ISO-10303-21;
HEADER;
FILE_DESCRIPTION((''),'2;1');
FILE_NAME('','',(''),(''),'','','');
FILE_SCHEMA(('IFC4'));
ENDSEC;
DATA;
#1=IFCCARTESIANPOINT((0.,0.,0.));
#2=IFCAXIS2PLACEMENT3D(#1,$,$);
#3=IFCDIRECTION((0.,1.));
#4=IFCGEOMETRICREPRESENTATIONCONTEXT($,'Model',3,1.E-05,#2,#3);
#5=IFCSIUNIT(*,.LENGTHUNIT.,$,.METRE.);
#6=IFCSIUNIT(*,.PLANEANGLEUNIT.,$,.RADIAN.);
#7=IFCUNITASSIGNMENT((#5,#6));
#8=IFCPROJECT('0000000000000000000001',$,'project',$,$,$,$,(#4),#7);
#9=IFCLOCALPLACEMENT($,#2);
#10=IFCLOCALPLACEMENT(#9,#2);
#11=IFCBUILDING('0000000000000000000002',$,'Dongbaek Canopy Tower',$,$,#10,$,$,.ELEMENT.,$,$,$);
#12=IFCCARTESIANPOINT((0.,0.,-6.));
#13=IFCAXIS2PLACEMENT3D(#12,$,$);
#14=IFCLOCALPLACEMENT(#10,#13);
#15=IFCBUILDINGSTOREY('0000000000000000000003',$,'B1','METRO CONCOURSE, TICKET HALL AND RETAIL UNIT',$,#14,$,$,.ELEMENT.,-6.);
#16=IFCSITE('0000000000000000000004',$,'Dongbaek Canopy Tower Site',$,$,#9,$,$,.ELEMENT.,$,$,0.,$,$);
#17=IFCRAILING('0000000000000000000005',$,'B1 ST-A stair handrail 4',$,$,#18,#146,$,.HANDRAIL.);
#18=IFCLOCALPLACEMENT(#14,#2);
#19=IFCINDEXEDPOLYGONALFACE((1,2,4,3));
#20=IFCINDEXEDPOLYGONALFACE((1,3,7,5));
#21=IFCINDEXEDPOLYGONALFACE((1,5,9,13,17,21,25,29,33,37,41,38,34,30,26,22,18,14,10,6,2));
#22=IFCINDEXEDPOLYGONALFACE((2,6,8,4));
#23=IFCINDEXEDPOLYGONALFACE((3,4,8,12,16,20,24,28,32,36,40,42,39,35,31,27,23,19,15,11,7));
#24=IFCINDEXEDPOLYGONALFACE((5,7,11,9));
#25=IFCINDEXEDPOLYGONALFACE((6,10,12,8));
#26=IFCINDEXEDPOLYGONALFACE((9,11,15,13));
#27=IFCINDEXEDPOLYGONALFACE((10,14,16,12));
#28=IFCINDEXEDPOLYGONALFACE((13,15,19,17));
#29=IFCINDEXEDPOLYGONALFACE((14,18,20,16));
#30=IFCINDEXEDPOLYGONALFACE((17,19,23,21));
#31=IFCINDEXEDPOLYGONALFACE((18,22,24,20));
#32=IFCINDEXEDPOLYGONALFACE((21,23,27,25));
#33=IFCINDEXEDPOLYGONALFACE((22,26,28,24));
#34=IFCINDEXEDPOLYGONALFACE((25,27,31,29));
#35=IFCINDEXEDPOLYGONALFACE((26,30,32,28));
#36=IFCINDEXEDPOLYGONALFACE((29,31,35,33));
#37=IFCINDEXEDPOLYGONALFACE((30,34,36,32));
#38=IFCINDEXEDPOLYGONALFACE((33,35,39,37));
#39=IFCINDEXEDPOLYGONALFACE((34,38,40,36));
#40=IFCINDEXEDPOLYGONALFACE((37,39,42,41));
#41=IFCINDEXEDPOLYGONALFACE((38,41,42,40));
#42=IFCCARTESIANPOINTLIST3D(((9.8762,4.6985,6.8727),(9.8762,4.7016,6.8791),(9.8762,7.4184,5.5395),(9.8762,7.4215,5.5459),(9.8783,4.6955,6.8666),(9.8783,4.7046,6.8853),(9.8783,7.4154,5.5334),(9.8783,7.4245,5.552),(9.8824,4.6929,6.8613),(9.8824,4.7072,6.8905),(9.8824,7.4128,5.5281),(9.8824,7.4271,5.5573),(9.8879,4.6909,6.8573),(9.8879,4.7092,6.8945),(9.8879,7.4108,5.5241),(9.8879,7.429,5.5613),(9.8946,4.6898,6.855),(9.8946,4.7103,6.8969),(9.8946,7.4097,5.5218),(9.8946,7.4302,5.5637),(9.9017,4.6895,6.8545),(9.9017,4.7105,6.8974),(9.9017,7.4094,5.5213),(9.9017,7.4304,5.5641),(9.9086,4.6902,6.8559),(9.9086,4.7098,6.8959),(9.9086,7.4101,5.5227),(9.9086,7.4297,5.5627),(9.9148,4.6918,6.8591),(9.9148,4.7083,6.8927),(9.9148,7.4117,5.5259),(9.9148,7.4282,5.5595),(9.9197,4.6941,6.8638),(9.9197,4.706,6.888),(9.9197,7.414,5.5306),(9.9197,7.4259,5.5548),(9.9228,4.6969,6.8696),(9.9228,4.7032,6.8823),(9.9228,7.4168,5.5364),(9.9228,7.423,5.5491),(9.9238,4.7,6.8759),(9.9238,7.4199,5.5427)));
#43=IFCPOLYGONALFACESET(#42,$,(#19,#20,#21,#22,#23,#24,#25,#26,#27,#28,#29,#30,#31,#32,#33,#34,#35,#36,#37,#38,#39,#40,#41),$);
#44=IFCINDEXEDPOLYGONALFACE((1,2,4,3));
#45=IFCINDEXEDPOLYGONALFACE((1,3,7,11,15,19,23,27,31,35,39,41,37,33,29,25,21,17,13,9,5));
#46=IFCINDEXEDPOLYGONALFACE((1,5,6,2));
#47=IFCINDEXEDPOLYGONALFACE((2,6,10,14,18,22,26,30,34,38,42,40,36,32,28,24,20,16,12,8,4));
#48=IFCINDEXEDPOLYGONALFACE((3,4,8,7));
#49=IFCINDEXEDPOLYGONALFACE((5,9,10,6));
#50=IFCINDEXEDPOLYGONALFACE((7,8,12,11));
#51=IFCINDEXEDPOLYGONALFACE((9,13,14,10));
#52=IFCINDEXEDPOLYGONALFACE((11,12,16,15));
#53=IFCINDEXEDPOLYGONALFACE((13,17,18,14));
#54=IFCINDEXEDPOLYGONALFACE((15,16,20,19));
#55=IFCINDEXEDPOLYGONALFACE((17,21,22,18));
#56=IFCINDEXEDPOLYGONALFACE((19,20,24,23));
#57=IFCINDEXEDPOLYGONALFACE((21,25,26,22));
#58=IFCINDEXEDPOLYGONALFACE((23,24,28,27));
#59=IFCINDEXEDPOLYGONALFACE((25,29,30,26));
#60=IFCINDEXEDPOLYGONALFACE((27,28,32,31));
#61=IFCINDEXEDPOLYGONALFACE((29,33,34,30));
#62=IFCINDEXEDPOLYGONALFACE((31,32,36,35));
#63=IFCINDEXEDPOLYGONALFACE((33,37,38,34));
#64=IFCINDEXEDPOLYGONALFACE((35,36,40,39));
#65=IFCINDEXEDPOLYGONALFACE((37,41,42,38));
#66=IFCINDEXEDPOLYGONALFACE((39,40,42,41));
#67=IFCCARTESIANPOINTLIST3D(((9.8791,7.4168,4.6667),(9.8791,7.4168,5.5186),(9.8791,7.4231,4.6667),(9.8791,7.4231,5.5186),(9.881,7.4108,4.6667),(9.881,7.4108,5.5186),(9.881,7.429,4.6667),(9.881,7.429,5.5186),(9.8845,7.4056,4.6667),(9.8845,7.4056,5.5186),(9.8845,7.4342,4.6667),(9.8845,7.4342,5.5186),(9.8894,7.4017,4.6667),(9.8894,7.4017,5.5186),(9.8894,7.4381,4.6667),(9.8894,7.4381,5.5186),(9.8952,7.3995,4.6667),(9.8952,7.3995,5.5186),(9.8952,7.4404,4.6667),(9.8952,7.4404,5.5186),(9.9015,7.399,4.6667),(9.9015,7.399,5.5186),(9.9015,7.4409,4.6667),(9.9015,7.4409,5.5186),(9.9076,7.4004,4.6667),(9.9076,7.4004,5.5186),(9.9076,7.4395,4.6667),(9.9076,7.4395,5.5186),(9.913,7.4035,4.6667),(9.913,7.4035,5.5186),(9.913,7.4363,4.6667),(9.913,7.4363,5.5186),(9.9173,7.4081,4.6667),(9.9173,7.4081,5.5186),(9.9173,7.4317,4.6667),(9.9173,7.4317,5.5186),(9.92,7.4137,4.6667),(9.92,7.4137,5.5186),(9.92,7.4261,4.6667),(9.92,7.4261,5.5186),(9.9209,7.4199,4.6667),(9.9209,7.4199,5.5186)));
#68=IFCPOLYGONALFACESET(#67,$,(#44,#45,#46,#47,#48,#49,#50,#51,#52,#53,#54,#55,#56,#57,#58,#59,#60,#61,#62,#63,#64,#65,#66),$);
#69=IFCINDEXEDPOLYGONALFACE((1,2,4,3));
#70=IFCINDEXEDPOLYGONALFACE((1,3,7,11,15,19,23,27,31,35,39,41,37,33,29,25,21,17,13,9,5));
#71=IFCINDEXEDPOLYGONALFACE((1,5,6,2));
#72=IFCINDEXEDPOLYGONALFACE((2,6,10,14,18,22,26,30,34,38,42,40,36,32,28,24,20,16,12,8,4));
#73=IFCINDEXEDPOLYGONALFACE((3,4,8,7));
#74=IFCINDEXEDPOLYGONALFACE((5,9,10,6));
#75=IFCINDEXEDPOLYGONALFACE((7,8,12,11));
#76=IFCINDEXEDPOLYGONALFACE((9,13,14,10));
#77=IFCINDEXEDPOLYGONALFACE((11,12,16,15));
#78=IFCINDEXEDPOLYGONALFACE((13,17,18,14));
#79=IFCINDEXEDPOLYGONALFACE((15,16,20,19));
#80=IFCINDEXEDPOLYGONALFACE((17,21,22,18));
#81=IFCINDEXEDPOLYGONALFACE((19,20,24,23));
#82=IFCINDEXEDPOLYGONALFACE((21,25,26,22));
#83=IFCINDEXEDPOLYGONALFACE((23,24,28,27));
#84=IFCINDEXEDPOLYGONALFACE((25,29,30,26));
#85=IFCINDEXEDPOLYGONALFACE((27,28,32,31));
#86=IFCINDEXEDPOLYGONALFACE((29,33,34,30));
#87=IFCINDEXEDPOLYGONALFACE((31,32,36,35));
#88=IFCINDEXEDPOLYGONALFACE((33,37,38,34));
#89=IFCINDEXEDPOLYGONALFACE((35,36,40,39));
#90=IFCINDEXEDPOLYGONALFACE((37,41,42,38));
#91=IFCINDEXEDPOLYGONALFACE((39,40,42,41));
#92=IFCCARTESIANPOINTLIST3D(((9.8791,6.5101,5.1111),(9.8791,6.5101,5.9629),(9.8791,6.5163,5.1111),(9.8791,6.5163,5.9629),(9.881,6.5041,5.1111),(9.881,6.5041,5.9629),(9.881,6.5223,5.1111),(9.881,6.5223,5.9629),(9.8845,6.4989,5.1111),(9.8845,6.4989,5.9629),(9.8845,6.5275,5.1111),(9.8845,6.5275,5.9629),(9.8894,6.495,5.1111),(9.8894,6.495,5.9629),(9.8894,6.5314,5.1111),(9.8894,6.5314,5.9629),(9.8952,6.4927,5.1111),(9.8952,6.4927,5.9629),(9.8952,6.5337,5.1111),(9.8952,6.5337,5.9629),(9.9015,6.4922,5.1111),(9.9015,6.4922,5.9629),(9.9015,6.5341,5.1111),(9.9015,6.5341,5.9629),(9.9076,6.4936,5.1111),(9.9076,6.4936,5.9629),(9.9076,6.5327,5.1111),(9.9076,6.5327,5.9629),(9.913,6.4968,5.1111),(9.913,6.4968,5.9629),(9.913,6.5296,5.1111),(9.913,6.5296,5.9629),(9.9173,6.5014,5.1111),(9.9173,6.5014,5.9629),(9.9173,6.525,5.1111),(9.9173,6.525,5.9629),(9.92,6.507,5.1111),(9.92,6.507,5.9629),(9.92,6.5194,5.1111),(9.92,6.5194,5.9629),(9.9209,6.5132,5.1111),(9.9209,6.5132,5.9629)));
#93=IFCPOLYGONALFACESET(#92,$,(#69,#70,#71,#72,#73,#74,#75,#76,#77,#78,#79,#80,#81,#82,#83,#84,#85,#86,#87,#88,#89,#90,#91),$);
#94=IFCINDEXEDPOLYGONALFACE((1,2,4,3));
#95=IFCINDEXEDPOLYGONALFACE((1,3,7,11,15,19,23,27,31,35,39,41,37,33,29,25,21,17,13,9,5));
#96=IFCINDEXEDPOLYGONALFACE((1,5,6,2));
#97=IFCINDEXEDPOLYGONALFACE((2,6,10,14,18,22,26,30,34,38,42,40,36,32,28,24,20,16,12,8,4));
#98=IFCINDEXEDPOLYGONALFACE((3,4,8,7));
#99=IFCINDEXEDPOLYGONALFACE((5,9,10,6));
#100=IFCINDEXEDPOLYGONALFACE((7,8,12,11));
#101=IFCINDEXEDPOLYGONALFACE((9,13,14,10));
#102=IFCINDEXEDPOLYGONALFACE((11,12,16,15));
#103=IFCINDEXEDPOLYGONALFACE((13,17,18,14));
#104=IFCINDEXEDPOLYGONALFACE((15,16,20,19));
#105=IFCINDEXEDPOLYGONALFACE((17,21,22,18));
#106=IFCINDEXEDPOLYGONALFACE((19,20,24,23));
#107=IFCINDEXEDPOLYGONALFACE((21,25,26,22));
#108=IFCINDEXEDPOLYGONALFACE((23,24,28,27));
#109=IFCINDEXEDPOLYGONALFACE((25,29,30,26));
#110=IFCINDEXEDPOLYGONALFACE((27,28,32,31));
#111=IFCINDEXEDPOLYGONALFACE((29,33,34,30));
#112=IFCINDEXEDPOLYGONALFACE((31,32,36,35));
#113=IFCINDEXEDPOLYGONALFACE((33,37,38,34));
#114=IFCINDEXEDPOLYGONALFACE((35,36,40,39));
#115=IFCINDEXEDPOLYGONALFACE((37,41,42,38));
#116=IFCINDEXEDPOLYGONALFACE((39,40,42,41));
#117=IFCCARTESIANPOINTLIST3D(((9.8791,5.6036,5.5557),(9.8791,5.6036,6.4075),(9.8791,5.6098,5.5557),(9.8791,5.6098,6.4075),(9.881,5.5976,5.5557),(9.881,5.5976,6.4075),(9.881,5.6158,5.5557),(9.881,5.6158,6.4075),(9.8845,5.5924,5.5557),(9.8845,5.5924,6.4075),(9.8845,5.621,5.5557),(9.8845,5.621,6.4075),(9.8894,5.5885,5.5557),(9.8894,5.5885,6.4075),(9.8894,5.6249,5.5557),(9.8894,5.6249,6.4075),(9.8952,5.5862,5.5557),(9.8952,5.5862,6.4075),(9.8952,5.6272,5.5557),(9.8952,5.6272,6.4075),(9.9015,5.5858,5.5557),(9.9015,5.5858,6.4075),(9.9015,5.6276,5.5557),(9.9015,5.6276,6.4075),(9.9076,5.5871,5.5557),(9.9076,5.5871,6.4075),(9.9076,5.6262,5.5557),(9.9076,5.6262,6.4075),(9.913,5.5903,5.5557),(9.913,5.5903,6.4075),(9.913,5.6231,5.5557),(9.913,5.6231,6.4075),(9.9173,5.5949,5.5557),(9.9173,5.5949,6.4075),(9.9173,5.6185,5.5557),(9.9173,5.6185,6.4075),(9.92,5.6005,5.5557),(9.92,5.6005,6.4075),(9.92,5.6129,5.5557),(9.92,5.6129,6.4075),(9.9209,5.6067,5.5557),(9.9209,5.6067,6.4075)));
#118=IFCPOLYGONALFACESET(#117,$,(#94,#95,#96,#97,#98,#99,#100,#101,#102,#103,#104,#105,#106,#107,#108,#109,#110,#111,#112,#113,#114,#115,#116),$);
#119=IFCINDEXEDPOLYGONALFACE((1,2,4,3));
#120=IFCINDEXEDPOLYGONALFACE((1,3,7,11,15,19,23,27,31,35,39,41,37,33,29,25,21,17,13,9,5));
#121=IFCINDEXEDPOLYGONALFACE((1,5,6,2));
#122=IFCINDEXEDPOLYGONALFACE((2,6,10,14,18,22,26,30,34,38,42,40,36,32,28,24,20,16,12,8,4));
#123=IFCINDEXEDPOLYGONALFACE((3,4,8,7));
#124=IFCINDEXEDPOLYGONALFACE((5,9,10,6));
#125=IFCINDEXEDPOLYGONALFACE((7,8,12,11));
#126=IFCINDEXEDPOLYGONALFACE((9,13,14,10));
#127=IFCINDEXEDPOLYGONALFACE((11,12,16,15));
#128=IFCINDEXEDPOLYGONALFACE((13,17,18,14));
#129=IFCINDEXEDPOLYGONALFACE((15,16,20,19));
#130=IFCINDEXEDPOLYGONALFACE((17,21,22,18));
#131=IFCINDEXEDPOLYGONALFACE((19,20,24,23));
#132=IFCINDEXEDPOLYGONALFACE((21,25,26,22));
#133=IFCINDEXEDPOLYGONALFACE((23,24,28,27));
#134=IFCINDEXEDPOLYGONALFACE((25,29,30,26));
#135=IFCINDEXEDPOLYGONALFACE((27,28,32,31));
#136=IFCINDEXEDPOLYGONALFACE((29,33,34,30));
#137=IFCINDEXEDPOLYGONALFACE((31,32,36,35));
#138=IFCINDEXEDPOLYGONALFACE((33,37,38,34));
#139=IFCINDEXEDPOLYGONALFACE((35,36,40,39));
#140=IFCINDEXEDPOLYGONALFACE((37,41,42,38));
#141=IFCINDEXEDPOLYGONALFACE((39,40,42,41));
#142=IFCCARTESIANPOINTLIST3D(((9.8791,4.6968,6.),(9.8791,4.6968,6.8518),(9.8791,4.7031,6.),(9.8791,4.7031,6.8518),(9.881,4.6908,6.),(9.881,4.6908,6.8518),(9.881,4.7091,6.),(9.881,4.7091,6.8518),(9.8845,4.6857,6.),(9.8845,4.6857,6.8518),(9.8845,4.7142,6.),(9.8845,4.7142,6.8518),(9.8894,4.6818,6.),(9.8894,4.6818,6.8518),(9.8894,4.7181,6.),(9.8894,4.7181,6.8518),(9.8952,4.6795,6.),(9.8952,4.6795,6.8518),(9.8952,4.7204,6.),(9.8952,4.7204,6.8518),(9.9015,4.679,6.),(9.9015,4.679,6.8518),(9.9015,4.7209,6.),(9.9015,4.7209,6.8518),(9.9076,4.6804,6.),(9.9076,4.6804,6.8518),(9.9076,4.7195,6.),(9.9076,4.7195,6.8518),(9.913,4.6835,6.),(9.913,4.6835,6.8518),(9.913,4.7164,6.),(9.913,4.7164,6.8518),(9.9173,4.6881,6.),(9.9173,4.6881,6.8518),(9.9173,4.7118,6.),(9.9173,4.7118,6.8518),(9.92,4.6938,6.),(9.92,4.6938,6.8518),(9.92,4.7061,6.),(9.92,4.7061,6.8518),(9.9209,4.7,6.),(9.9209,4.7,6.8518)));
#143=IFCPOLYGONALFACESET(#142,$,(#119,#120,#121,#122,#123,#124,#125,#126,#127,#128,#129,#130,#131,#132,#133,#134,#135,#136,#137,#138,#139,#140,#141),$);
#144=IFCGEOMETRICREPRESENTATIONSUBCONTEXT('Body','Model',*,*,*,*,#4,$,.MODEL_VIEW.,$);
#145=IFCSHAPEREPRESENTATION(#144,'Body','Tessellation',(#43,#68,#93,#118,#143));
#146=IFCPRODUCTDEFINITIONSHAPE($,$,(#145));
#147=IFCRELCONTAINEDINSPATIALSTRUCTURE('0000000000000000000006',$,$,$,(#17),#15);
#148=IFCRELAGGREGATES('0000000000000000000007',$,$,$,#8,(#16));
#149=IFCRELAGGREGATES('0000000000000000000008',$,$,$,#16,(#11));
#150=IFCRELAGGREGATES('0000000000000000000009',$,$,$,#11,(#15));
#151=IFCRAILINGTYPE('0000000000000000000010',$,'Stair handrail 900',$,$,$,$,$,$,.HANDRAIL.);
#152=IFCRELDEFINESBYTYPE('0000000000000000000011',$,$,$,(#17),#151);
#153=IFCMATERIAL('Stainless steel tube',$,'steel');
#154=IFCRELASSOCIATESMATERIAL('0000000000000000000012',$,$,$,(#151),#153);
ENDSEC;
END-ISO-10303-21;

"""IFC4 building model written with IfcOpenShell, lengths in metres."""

from ifc_helpers import new_model, si_unit, direction, frame, origin, origin_2d, place, context, subcontext, project, spatial, circle, extrude, material, type_object, element, save


model = new_model("IFC4")

# Units and contexts
model_context = context("Model", 3, precision=1e-05, world=origin(), true_north=direction((0.0, 1.0)))
body_context = subcontext(model_context, "Body", "Model", "MODEL_VIEW")
ifc_project = project(units=[si_unit("LENGTHUNIT", "METRE"), si_unit("PLANEANGLEUNIT", "RADIAN")], contexts=[model_context])

# Site, building, storey
site_placement = place(None, origin())
site = spatial("IfcSite", under=ifc_project, at=site_placement, Name="Dongbaek Canopy Tower Site", CompositionType="ELEMENT", RefElevation=0.0)
building_placement = place(site_placement, origin())
building = spatial("IfcBuilding", under=site, at=building_placement, Name="Dongbaek Canopy Tower", CompositionType="ELEMENT")
storey_placement = place(building_placement, frame((0.0, 0.0, -6.0)))
storey = spatial("IfcBuildingStorey", under=building, at=storey_placement, Name="B1", Description="METRO CONCOURSE, TICKET HALL AND RETAIL UNIT", CompositionType="ELEMENT", Elevation=-6.0)

# Railing
ifc_material_1 = material(Name="Stainless steel tube", Category="steel")
railing_type_1 = type_object("IfcRailingType", Name="Stair handrail 900", PredefinedType="HANDRAIL", material=ifc_material_1)
for number, where, name in (
    (1, (9.8999, 7.4199, 4.6667), "B1 ST-A stair handrail 4"),
):
    element("IfcRailing", number, at=place(storey_placement, frame(where)), inside=storey, type_object=railing_type_1, Name=name, PredefinedType="HANDRAIL", context=body_context, shape_type="SweptSolid", body=[
        extrude(circle(Radius=0.0239, at=origin_2d()), frame((0.0, 0.0, 0.876), z_axis=(0.0, -0.897929, 0.440139), x_axis=(1.0, 0.0, 0.0)), (0.0, 0.0, 1.0), 3.0291),
        extrude(circle(Radius=0.021, at=origin_2d()), origin(), (0.0, 0.0, 1.0), 0.8518),
        extrude(circle(Radius=0.021, at=origin_2d()), frame((0.0, -0.9067, 0.4443)), (0.0, 0.0, 1.0), 0.8518),
        extrude(circle(Radius=0.021, at=origin_2d()), frame((0.0, -1.8132, 0.8889)), (0.0, 0.0, 1.0), 0.8518),
        extrude(circle(Radius=0.021, at=origin_2d()), frame((0.0, -2.72, 1.3333)), (0.0, 0.0, 1.0), 0.8518),
    ])

save(model, "model.ifc")
